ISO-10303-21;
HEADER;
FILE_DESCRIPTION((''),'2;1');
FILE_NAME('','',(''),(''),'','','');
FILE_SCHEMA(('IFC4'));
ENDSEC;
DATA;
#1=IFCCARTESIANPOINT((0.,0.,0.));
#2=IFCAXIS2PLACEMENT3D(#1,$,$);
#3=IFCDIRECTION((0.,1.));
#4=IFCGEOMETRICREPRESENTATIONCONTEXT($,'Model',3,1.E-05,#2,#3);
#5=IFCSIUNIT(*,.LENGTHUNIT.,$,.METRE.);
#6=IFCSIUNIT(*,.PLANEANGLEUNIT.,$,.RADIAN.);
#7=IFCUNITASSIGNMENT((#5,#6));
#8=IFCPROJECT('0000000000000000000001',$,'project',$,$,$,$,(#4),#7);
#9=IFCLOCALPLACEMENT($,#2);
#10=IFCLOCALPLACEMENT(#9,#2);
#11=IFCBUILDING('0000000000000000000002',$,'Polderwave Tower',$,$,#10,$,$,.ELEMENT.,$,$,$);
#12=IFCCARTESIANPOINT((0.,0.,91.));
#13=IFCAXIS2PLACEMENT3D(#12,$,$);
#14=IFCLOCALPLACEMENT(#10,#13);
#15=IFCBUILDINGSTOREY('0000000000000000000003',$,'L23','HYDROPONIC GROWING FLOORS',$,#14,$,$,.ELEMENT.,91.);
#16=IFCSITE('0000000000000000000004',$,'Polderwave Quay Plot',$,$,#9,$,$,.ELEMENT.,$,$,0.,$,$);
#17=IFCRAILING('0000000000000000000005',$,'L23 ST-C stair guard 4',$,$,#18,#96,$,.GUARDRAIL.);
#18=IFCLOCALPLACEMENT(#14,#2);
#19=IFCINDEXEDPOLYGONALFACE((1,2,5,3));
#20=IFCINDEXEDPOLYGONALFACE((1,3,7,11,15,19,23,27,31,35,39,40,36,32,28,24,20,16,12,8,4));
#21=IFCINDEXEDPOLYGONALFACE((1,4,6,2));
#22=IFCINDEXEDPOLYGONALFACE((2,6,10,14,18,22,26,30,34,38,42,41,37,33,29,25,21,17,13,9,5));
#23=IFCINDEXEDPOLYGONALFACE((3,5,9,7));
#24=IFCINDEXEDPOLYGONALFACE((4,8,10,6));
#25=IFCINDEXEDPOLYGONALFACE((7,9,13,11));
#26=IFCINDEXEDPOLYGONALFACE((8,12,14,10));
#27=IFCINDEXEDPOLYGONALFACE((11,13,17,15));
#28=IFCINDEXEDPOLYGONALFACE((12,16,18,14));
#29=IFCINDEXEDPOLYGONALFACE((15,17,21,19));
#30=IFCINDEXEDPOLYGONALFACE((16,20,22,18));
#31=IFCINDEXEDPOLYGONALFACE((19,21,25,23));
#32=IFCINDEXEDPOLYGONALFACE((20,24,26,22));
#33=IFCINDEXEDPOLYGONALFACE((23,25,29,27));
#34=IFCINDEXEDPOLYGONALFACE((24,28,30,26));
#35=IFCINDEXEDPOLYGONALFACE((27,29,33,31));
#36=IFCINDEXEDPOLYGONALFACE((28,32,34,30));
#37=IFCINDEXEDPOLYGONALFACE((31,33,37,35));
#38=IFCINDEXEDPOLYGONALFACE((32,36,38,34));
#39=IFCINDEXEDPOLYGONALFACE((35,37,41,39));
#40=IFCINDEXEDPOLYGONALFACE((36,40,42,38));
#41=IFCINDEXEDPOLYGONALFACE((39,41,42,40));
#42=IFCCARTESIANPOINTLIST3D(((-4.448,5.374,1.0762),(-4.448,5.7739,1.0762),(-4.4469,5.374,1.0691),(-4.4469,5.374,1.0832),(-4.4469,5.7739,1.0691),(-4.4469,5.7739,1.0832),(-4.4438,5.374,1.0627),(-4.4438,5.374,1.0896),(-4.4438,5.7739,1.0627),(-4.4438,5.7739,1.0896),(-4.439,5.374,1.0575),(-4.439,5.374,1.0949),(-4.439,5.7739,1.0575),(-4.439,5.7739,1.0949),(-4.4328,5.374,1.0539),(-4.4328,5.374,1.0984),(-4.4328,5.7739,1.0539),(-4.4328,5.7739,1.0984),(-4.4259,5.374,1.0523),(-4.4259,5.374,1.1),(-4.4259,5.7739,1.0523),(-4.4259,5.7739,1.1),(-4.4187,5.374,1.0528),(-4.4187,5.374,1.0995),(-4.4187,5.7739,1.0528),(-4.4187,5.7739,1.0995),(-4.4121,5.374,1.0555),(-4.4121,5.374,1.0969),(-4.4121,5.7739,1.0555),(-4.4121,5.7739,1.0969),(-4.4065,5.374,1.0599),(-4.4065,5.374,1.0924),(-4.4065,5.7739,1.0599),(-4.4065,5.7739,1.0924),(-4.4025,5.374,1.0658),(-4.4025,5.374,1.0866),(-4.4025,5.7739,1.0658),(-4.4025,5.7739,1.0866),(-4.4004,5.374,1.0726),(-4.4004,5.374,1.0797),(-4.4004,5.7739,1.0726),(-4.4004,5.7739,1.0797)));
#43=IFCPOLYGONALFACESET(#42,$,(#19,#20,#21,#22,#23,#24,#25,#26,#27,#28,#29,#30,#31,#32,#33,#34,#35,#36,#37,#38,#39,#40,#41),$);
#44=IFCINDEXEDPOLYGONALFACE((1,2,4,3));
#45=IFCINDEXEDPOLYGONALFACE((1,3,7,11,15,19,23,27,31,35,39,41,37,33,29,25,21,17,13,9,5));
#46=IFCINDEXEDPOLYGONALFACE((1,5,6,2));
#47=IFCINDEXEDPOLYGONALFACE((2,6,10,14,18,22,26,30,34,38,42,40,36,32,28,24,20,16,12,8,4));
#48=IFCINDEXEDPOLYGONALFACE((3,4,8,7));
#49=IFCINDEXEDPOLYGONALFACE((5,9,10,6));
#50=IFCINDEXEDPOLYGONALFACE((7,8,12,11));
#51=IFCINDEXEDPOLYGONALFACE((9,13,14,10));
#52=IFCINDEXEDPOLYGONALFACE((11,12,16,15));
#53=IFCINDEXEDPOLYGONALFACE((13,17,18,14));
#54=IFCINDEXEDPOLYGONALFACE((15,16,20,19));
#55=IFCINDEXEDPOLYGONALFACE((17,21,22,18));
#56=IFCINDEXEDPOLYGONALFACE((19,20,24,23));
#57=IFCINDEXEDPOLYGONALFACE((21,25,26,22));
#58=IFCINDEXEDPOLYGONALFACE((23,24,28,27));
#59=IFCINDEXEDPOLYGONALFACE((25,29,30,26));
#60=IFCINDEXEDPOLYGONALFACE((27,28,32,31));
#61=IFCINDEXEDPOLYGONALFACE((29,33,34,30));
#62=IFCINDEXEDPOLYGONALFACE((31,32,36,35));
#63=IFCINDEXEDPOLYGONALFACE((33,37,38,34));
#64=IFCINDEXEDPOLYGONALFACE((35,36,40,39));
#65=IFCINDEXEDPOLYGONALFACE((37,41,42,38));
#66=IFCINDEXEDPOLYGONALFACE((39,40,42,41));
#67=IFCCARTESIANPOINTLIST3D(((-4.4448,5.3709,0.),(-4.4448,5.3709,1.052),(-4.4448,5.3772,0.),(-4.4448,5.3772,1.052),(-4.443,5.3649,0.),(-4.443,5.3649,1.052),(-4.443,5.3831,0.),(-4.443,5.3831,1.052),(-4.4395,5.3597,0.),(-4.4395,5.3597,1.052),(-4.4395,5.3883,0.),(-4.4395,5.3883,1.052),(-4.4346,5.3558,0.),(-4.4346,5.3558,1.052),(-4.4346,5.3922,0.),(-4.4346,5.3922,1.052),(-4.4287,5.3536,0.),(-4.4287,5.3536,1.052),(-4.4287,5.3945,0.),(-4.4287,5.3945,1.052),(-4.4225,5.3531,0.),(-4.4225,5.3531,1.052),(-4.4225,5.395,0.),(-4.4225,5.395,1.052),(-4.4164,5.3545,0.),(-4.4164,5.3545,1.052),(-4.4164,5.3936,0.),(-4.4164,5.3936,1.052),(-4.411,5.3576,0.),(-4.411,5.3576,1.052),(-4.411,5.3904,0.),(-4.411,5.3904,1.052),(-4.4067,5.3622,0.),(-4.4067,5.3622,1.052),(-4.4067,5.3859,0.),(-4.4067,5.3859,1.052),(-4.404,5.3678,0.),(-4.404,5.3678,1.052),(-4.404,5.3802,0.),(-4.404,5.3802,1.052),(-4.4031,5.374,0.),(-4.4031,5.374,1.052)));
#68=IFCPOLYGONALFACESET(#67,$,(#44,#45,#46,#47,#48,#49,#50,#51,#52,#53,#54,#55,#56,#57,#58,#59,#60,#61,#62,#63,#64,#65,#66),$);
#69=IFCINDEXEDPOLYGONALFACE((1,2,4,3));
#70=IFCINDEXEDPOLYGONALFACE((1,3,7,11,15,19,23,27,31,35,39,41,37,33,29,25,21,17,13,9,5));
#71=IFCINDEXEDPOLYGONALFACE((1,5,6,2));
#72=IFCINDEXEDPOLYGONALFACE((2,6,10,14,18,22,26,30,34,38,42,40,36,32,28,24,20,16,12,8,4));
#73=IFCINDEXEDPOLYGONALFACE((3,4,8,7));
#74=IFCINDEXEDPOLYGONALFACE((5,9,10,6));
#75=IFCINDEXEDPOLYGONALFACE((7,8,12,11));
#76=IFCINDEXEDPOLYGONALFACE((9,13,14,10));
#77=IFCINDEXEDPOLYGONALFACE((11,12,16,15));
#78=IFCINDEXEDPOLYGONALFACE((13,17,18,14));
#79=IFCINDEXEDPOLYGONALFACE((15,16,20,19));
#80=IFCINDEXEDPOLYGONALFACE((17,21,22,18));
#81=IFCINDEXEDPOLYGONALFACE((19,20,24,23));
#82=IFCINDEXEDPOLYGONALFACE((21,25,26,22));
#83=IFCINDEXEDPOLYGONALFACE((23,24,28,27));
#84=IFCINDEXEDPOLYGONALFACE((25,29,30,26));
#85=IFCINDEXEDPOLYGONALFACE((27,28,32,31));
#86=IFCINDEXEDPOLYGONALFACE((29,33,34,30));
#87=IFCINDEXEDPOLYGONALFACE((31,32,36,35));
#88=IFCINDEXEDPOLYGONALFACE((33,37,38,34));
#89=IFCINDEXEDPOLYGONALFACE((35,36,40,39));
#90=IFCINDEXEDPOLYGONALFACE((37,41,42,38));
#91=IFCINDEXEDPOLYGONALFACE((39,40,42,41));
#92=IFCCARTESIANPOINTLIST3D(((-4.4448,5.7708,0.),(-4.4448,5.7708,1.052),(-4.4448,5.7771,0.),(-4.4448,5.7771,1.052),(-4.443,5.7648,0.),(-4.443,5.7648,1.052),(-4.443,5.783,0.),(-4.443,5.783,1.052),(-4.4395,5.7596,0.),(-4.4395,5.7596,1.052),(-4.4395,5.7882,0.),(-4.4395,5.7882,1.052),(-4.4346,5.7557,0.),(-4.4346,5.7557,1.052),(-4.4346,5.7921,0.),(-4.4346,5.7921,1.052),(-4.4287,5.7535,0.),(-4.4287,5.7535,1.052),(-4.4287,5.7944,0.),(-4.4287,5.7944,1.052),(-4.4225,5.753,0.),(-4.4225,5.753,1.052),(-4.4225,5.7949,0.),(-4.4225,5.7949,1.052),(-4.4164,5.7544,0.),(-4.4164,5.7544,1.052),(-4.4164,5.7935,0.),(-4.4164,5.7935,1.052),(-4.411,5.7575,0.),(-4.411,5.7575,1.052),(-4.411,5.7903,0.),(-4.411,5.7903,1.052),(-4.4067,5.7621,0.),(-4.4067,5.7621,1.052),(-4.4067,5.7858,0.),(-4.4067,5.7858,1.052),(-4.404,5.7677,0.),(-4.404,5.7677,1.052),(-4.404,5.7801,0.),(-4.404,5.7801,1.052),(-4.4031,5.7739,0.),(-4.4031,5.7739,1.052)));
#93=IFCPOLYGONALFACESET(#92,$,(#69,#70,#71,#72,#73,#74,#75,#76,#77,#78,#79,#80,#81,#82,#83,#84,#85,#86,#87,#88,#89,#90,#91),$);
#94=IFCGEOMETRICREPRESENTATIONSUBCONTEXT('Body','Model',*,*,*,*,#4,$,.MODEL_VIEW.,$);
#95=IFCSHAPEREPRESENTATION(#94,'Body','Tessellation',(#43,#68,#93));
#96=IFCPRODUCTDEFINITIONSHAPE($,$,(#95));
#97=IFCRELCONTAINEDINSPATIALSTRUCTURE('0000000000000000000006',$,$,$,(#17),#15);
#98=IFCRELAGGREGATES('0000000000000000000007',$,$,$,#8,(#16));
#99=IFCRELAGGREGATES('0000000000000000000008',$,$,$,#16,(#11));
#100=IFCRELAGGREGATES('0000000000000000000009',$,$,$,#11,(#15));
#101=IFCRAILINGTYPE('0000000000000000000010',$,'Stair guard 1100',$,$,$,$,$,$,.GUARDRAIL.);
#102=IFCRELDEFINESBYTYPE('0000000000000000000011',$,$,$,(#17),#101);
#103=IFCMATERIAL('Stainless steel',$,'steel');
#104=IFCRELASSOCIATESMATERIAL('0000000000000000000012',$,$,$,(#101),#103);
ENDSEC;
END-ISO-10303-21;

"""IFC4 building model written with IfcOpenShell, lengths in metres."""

from ifc_helpers import new_model, si_unit, direction, frame, origin, origin_2d, place, context, subcontext, project, spatial, circle, extrude, material, type_object, element, save


model = new_model("IFC4")

# Units and contexts
model_context = context("Model", 3, precision=1e-05, world=origin(), true_north=direction((0.0, 1.0)))
body_context = subcontext(model_context, "Body", "Model", "MODEL_VIEW")
ifc_project = project(units=[si_unit("LENGTHUNIT", "METRE"), si_unit("PLANEANGLEUNIT", "RADIAN")], contexts=[model_context])

# Site, building, storey
site_placement = place(None, origin())
site = spatial("IfcSite", under=ifc_project, at=site_placement, Name="Polderwave Quay Plot", CompositionType="ELEMENT", RefElevation=0.0)
building_placement = place(site_placement, origin())
building = spatial("IfcBuilding", under=site, at=building_placement, Name="Polderwave Tower", CompositionType="ELEMENT")
storey_placement = place(building_placement, frame((0.0, 0.0, 91.0)))
storey = spatial("IfcBuildingStorey", under=building, at=storey_placement, Name="L23", Description="HYDROPONIC GROWING FLOORS", CompositionType="ELEMENT", Elevation=91.0)

# Railing
ifc_material_1 = material(Name="Stainless steel", Category="steel")
railing_type_1 = type_object("IfcRailingType", Name="Stair guard 1100", PredefinedType="GUARDRAIL", material=ifc_material_1)
railing_1_placement = place(storey_placement, frame((-4.4241, 5.374, 0.0)))
element("IfcRailing", 1, at=railing_1_placement, inside=storey, type_object=railing_type_1, Name="L23 ST-C stair guard 4", PredefinedType="GUARDRAIL", context=body_context, shape_type="SweptSolid", body=[
    extrude(circle(Radius=0.0239, at=origin_2d()), frame((0.0, 0.0, 1.0762), z_axis=(0.0, 1.0, 0.0), x_axis=(-1.0, 0.0, 0.0)), (0.0, 0.0, 1.0), 0.3999),
    extrude(circle(Radius=0.021, at=origin_2d()), origin(), (0.0, 0.0, 1.0), 1.052),
    extrude(circle(Radius=0.021, at=origin_2d()), frame((0.0, 0.3999, 0.0)), (0.0, 0.0, 1.0), 1.052),
])

save(model, "model.ifc")
